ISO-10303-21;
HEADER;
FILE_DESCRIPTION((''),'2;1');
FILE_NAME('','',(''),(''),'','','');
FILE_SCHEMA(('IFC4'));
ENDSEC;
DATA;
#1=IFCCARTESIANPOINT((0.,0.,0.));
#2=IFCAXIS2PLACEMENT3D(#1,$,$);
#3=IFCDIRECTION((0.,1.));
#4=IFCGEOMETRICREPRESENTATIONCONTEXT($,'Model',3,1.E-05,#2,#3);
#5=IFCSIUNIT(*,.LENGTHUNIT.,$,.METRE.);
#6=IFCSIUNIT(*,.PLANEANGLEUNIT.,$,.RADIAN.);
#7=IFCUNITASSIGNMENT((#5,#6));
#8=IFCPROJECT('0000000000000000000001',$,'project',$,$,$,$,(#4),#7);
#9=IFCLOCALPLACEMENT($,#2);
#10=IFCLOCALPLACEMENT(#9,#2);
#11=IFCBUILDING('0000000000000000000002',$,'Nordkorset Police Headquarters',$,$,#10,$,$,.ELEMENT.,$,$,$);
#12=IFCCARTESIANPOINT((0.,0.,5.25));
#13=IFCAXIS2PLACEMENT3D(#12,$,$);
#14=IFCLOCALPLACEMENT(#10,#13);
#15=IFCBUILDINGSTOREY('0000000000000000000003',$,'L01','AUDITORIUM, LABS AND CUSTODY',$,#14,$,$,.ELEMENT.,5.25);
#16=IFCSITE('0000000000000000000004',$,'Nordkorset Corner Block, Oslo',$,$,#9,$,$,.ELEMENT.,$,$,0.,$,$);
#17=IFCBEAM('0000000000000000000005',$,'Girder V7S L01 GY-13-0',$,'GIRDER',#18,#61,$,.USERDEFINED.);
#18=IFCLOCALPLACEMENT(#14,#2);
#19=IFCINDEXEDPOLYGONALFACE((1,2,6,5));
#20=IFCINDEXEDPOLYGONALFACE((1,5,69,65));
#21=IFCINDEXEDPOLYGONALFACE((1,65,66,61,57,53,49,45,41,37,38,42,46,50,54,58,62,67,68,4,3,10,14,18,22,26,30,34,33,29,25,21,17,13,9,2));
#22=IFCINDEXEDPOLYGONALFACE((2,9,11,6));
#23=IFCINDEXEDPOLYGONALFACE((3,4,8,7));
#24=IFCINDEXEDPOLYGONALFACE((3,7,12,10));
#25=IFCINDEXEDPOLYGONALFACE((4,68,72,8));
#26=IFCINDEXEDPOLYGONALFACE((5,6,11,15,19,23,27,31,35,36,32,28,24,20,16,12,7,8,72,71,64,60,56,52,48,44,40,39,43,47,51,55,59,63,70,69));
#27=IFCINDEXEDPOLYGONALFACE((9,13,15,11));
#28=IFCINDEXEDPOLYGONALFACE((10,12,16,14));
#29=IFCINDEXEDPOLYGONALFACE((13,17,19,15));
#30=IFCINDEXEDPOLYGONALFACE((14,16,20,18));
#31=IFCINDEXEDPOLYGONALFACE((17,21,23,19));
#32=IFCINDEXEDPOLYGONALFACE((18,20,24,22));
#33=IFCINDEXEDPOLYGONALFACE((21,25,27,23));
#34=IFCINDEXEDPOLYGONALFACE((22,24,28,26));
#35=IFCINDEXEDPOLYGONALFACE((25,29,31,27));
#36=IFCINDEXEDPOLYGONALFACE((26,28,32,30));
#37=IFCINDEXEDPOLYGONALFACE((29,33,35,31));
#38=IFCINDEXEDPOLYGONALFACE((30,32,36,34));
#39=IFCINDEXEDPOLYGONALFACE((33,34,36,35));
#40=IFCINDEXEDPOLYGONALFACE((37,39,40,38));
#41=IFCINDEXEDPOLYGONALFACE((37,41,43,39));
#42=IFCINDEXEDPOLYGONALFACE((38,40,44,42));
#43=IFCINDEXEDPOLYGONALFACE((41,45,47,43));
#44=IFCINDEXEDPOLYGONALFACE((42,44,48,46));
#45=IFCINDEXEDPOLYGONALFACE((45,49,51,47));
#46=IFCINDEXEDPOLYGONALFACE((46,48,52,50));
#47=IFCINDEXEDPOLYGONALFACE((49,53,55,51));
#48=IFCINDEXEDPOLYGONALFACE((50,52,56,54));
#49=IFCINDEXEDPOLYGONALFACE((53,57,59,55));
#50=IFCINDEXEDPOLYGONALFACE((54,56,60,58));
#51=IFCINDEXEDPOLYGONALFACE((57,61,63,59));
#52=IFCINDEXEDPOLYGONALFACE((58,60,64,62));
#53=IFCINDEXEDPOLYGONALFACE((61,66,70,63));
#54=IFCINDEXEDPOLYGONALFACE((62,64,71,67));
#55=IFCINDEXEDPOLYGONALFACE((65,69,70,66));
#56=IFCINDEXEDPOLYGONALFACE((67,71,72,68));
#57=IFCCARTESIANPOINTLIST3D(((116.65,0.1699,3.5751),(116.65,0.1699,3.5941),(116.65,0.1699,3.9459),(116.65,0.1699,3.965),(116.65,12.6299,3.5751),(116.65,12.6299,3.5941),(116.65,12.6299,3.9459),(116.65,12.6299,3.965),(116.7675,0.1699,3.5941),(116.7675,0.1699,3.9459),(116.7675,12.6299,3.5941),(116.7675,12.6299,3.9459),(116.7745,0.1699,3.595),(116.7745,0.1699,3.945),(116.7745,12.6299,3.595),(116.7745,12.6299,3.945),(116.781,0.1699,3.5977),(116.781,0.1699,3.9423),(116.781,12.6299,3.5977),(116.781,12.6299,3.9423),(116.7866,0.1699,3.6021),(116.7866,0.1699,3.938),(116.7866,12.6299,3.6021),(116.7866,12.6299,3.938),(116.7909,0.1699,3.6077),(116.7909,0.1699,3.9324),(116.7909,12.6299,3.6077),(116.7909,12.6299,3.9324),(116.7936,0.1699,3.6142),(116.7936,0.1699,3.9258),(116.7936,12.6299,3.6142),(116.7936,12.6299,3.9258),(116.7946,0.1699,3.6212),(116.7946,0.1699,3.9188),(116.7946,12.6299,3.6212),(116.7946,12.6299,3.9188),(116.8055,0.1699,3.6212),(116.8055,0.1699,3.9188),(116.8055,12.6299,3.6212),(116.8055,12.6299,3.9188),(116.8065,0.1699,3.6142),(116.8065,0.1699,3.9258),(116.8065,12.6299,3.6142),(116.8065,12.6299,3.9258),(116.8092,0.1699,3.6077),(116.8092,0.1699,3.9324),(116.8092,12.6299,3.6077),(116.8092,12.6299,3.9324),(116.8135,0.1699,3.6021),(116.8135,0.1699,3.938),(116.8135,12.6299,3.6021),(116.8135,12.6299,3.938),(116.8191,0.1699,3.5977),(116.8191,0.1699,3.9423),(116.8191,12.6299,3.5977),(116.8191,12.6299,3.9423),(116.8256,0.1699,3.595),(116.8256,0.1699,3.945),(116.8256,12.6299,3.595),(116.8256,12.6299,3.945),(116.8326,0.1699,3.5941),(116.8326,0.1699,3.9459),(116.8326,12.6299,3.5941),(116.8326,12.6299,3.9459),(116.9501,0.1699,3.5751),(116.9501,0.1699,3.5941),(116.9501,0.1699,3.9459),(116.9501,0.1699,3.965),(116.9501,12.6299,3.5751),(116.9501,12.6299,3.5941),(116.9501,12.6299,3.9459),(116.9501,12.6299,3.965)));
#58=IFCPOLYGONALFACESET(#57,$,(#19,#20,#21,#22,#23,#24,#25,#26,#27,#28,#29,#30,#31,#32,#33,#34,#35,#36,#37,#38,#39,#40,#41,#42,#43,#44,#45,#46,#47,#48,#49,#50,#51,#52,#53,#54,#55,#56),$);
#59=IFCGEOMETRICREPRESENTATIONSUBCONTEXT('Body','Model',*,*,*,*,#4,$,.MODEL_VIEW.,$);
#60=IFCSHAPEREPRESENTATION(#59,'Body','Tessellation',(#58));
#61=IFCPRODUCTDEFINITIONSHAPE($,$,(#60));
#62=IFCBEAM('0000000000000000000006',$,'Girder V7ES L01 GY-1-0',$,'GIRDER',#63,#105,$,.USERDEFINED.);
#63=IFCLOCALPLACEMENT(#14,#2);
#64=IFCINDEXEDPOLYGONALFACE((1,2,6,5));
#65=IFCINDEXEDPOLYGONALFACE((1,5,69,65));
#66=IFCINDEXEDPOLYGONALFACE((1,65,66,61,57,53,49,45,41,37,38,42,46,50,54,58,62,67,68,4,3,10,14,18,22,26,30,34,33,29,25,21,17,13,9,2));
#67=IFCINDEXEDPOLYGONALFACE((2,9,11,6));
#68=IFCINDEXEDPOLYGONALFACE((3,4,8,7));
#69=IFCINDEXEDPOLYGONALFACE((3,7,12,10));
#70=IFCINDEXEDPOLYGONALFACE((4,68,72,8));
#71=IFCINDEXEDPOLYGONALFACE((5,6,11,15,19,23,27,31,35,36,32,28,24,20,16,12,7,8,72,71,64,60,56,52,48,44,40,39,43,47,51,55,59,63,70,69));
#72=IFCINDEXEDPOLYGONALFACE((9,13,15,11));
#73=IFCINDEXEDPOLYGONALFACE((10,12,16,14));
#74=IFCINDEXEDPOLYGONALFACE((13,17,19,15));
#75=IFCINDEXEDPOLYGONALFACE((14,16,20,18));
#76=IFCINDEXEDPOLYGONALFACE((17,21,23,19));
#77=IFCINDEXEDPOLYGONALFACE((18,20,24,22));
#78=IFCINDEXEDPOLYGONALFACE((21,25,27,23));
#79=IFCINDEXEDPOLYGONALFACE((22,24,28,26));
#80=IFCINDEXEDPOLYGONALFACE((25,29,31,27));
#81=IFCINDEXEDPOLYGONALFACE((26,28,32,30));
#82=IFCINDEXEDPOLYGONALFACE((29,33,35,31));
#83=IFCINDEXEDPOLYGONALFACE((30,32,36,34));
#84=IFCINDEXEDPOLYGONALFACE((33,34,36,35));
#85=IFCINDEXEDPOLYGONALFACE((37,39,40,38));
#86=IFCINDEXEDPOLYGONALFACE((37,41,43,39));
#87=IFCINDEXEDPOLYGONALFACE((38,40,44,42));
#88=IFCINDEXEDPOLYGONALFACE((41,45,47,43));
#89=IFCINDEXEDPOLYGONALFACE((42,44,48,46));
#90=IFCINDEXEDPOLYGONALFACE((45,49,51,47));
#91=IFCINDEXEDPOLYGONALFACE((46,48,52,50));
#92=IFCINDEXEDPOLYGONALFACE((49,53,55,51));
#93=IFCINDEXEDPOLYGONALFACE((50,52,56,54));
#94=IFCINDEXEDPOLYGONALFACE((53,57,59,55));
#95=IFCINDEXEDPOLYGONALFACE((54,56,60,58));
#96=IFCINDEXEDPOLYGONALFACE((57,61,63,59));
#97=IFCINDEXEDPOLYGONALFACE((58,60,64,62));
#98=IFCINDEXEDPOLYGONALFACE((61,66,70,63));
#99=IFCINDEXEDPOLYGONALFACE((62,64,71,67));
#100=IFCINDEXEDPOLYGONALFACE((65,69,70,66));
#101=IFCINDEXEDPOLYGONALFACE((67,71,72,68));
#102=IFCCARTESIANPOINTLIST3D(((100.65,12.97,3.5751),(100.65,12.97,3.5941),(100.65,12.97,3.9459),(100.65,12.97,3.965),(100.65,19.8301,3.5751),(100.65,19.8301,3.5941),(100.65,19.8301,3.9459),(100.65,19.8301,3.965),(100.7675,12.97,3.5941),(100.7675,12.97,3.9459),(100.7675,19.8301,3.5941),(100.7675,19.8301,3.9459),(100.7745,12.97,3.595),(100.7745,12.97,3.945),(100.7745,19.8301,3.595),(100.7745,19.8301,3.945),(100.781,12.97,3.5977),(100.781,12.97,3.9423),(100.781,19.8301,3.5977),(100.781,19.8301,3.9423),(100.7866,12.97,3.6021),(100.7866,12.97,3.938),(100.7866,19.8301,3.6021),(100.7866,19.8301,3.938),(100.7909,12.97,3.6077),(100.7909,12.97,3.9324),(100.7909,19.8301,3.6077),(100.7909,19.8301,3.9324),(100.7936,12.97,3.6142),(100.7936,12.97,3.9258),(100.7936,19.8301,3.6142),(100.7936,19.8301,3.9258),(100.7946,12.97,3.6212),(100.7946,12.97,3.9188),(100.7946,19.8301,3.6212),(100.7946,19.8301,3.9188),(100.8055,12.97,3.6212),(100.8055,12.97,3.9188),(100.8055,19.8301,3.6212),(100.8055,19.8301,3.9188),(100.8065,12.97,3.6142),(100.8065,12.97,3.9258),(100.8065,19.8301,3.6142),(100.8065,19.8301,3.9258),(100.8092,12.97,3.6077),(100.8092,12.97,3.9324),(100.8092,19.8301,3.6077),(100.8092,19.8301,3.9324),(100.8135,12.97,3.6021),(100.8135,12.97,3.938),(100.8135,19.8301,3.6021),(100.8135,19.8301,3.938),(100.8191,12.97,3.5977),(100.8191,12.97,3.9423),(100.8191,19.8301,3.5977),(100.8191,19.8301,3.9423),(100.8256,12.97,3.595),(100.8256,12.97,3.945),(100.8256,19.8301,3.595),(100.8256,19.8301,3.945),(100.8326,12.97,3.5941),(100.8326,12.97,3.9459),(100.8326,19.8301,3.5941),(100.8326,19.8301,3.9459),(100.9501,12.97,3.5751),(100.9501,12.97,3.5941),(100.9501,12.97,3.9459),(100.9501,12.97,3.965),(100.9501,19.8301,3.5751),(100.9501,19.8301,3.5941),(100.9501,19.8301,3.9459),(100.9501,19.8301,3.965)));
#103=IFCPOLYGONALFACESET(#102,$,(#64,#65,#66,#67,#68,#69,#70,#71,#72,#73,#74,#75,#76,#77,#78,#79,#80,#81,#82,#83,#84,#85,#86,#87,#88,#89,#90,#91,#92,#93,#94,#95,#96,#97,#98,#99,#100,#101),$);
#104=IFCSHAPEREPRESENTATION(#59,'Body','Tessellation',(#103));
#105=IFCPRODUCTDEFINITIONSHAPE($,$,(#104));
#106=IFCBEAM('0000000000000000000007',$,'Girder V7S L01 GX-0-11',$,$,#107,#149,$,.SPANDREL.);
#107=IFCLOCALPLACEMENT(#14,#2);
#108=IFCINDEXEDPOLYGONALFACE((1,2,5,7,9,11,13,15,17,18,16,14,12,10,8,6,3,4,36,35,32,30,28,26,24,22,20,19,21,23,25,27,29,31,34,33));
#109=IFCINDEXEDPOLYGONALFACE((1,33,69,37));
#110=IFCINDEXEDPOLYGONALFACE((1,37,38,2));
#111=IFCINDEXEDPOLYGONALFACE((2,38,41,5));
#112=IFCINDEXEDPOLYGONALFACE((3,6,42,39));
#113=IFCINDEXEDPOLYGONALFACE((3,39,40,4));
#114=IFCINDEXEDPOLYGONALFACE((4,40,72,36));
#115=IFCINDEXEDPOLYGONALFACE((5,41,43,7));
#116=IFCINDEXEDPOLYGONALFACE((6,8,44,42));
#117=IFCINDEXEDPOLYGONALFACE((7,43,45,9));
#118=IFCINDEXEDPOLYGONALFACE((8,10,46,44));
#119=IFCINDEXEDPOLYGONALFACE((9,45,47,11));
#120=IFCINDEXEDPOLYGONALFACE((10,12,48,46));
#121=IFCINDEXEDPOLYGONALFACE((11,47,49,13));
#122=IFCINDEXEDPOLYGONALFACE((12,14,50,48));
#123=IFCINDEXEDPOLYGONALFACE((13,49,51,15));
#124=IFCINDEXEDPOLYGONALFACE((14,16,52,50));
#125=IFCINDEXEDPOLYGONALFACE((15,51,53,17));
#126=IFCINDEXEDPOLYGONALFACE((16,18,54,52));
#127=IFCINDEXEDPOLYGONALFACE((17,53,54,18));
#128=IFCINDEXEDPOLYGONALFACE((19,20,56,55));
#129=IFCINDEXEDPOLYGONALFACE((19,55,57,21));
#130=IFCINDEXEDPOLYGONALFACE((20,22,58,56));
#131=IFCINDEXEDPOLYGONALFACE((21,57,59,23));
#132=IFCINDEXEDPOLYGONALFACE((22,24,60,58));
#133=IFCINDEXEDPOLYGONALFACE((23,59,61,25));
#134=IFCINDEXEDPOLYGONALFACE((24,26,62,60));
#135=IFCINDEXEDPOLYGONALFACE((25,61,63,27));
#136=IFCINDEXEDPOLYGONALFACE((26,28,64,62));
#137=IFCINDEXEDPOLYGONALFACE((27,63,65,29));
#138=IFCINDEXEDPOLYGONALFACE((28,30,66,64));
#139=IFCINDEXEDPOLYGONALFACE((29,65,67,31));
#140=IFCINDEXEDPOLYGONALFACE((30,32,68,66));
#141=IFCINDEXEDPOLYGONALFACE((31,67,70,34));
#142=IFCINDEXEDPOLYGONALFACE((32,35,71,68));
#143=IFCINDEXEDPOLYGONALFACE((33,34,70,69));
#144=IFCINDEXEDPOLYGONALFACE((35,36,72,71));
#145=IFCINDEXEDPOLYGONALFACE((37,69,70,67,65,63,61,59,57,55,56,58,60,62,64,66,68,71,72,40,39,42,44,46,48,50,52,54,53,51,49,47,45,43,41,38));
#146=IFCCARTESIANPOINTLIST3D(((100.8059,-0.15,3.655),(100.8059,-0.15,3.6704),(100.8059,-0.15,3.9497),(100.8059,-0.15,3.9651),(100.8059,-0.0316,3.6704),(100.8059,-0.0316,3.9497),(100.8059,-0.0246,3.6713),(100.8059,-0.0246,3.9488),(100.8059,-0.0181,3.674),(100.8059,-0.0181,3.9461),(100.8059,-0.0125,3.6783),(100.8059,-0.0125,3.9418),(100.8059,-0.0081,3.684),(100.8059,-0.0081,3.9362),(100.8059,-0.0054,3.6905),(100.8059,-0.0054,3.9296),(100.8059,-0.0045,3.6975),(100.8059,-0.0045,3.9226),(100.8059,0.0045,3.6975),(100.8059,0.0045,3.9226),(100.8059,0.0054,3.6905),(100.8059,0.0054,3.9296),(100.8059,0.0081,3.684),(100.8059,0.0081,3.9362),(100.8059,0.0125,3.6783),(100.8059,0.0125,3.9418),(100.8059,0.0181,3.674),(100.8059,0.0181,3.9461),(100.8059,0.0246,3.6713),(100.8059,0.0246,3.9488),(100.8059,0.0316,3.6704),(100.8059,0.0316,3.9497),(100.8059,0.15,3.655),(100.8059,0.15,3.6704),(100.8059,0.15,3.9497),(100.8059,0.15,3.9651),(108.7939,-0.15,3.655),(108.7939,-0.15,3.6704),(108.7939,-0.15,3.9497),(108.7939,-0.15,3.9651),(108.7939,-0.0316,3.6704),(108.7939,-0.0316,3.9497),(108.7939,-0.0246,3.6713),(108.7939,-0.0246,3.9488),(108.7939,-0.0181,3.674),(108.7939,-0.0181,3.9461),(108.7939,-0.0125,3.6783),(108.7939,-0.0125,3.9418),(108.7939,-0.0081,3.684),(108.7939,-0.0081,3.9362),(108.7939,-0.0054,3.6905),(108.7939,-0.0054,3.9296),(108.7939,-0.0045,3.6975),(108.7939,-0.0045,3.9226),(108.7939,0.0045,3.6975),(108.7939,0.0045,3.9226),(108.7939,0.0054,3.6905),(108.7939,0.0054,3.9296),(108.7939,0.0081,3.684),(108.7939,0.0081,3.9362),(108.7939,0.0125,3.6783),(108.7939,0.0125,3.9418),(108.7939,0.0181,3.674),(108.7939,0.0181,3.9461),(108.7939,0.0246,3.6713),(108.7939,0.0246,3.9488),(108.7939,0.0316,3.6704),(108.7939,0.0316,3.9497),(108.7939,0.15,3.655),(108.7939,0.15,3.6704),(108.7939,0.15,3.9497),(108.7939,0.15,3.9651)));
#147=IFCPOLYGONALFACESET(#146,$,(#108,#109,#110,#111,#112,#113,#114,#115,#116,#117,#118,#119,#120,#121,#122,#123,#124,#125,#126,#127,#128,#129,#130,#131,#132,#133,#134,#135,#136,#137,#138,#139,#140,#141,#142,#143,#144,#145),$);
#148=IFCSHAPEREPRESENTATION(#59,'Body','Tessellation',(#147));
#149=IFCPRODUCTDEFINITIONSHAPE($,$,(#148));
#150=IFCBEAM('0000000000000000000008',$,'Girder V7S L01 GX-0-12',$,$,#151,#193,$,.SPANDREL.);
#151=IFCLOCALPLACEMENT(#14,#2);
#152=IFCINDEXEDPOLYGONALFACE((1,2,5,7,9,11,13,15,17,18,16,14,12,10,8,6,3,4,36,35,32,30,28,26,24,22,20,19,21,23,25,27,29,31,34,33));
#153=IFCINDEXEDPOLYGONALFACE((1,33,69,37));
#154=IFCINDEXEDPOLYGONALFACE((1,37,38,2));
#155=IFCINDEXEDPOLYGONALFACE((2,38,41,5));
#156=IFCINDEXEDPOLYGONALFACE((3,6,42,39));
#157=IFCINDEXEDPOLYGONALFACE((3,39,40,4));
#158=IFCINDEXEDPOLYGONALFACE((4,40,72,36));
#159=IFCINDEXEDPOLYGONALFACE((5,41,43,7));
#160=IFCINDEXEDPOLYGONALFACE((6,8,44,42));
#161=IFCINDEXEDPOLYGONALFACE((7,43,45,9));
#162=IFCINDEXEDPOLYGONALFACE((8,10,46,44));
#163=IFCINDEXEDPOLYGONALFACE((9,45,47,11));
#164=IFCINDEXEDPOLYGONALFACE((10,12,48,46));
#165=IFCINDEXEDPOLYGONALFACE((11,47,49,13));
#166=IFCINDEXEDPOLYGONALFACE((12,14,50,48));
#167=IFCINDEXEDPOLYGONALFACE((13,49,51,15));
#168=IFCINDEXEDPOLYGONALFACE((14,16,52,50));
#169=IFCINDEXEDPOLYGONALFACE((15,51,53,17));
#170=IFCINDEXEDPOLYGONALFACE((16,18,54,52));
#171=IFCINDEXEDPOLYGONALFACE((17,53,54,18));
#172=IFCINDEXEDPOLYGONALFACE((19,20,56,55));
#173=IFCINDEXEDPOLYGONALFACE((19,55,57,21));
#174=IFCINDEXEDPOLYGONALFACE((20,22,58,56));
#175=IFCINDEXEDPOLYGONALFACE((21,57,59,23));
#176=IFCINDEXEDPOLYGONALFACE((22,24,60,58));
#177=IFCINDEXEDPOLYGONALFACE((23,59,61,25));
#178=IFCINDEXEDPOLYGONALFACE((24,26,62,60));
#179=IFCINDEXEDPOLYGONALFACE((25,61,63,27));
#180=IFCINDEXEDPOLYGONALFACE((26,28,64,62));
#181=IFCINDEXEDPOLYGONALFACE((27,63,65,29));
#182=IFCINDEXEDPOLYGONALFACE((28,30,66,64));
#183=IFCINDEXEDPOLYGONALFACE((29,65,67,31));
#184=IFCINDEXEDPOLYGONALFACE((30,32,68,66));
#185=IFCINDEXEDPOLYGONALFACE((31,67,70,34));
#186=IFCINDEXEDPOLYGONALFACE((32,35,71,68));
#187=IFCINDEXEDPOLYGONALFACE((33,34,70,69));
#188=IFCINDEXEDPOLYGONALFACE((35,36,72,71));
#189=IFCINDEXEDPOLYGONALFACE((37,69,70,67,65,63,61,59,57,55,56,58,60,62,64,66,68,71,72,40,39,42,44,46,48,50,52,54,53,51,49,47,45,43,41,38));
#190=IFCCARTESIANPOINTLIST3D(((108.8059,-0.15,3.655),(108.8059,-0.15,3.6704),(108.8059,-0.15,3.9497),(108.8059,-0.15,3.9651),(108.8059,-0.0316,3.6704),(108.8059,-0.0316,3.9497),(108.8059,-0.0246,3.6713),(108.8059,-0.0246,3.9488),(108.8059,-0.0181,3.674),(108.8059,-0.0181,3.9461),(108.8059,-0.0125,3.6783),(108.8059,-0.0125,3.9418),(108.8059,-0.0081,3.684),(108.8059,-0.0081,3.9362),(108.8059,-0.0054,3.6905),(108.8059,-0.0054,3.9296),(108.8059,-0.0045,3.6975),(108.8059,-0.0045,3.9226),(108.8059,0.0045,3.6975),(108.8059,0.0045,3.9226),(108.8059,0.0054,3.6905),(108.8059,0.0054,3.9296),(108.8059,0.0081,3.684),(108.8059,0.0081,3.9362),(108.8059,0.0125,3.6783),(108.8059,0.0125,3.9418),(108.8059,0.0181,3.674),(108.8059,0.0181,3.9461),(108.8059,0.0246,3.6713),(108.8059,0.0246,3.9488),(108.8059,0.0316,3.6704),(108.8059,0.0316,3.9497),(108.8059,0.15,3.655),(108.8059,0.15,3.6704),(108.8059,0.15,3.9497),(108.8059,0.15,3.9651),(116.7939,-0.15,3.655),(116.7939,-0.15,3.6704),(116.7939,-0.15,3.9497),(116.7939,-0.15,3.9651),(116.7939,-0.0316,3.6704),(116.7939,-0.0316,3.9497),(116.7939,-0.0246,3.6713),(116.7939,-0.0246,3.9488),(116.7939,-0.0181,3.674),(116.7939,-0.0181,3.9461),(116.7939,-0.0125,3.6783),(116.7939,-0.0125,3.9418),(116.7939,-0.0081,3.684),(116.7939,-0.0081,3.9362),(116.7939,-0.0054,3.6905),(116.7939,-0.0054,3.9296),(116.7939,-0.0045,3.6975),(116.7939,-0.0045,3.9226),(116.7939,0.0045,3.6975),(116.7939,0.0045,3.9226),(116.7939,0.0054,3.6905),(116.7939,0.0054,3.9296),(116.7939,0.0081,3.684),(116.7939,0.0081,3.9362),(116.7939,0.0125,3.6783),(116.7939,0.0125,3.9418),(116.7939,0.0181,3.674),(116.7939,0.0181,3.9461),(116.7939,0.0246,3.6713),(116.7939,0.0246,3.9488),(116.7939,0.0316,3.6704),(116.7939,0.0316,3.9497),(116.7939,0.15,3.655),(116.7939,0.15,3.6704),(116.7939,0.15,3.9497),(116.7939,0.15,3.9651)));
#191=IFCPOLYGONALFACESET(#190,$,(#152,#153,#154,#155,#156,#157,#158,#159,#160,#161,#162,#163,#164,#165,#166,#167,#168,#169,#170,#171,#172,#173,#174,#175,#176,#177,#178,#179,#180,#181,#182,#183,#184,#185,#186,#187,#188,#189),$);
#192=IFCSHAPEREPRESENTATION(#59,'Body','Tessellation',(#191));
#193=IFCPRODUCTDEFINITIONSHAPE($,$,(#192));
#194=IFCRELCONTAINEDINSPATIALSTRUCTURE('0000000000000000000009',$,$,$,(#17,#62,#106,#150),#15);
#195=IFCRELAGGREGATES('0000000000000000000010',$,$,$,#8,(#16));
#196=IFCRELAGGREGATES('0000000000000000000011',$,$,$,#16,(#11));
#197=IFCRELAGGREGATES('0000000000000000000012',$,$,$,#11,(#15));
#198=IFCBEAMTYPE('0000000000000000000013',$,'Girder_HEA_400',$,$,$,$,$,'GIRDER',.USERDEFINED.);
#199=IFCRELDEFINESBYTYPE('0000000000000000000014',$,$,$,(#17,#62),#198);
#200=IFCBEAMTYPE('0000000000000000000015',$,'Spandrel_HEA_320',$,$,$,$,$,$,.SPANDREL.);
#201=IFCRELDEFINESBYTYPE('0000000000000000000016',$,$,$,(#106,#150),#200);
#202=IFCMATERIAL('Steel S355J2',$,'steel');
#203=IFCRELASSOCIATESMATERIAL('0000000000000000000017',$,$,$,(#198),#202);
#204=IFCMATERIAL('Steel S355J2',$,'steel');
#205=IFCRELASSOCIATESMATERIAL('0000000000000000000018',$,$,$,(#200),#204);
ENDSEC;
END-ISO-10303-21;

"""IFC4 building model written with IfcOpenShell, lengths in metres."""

from ifc_helpers import new_model, si_unit, direction, frame, origin, origin_2d, place, context, subcontext, project, spatial, i_section, extrude, material, material_profile, profile_set, type_object, element, save


model = new_model("IFC4")

# Units and contexts
model_context = context("Model", 3, precision=1e-05, world=origin(), true_north=direction((0.0, 1.0)))
body_context = subcontext(model_context, "Body", "Model", "MODEL_VIEW")
ifc_project = project(units=[si_unit("LENGTHUNIT", "METRE"), si_unit("PLANEANGLEUNIT", "RADIAN")], contexts=[model_context])

# Site, building, storey
site_placement = place(None, origin())
site = spatial("IfcSite", under=ifc_project, at=site_placement, Name="Nordkorset Corner Block, Oslo", CompositionType="ELEMENT", RefElevation=0.0)
building_placement = place(site_placement, origin())
building = spatial("IfcBuilding", under=site, at=building_placement, Name="Nordkorset Police Headquarters", CompositionType="ELEMENT")
storey_placement = place(building_placement, frame((0.0, 0.0, 5.25)))
storey = spatial("IfcBuildingStorey", under=building, at=storey_placement, Name="L01", Description="AUDITORIUM, LABS AND CUSTODY", CompositionType="ELEMENT", Elevation=5.25)

# Beams
ifc_material_1 = material(Name="Steel S355J2", Category="steel")
ifc_material_profile_1 = material_profile(ifc_material_1, i_section(OverallWidth=0.3, OverallDepth=0.3899, WebThickness=0.011, FlangeThickness=0.019, FilletRadius=0.0271, at=origin_2d()), Name="HEA 400")
ifc_profile_set_1 = profile_set([ifc_material_profile_1], Name="Steel S355J2")
beam_type_1 = type_object("IfcBeamType", Name="Girder_HEA_400", ElementType="GIRDER", PredefinedType="USERDEFINED", material=ifc_profile_set_1)
for number, where, z_axis, x_axis, name in (
    (1, (116.8, 0.1699, 3.77), (0.0, 1.0, 0.0), (-1.0, 0.0, 0.0), "Girder V7S L01 GY-13-0"),
):
    element("IfcBeam", number, at=place(storey_placement, frame(where, z_axis=z_axis, x_axis=x_axis)), inside=storey, type_object=beam_type_1, Name=name, ObjectType="GIRDER", PredefinedType="USERDEFINED", context=body_context, shape_type="SweptSolid", body=[
        extrude(i_section(OverallWidth=0.3, OverallDepth=0.3899, WebThickness=0.011, FlangeThickness=0.019, FilletRadius=0.0271, at=origin_2d()), origin(), (0.0, 0.0, 1.0), 12.46),
    ])
beam_1_placement = place(storey_placement, frame((100.8, 12.97, 3.77), z_axis=(0.0, 1.0, 0.0), x_axis=(-1.0, 0.0, 0.0)))
element("IfcBeam", 2, at=beam_1_placement, inside=storey, type_object=beam_type_1, Name="Girder V7ES L01 GY-1-0", ObjectType="GIRDER", PredefinedType="USERDEFINED", context=body_context, shape_type="SweptSolid", body=[
    extrude(i_section(OverallWidth=0.3, OverallDepth=0.3899, WebThickness=0.011, FlangeThickness=0.019, FilletRadius=0.0271, at=origin_2d()), origin(), (0.0, 0.0, 1.0), 6.8601),
])
ifc_material_2 = material(Name="Steel S355J2", Category="steel")
ifc_material_profile_2 = material_profile(ifc_material_2, i_section(OverallWidth=0.3, OverallDepth=0.3101, WebThickness=0.009, FlangeThickness=0.0154, FilletRadius=0.0271, at=origin_2d()), Name="HEA 320")
ifc_profile_set_2 = profile_set([ifc_material_profile_2], Name="Steel S355J2")
beam_type_2 = type_object("IfcBeamType", Name="Spandrel_HEA_320", PredefinedType="SPANDREL", material=ifc_profile_set_2)
for number, where, z_axis, x_axis, name in (
    (3, (100.8059, 0.0, 3.8101), (1.0, 0.0, 0.0), (0.0, 1.0, 0.0), "Girder V7S L01 GX-0-11"),
    (4, (108.8059, 0.0, 3.8101), (1.0, 0.0, 0.0), (0.0, 1.0, 0.0), "Girder V7S L01 GX-0-12"),
):
    element("IfcBeam", number, at=place(storey_placement, frame(where, z_axis=z_axis, x_axis=x_axis)), inside=storey, type_object=beam_type_2, Name=name, PredefinedType="SPANDREL", context=body_context, shape_type="SweptSolid", body=[
        extrude(i_section(OverallWidth=0.3, OverallDepth=0.3101, WebThickness=0.009, FlangeThickness=0.0154, FilletRadius=0.0271, at=origin_2d()), origin(), (0.0, 0.0, 1.0), 7.988),
    ])

save(model, "model.ifc")
